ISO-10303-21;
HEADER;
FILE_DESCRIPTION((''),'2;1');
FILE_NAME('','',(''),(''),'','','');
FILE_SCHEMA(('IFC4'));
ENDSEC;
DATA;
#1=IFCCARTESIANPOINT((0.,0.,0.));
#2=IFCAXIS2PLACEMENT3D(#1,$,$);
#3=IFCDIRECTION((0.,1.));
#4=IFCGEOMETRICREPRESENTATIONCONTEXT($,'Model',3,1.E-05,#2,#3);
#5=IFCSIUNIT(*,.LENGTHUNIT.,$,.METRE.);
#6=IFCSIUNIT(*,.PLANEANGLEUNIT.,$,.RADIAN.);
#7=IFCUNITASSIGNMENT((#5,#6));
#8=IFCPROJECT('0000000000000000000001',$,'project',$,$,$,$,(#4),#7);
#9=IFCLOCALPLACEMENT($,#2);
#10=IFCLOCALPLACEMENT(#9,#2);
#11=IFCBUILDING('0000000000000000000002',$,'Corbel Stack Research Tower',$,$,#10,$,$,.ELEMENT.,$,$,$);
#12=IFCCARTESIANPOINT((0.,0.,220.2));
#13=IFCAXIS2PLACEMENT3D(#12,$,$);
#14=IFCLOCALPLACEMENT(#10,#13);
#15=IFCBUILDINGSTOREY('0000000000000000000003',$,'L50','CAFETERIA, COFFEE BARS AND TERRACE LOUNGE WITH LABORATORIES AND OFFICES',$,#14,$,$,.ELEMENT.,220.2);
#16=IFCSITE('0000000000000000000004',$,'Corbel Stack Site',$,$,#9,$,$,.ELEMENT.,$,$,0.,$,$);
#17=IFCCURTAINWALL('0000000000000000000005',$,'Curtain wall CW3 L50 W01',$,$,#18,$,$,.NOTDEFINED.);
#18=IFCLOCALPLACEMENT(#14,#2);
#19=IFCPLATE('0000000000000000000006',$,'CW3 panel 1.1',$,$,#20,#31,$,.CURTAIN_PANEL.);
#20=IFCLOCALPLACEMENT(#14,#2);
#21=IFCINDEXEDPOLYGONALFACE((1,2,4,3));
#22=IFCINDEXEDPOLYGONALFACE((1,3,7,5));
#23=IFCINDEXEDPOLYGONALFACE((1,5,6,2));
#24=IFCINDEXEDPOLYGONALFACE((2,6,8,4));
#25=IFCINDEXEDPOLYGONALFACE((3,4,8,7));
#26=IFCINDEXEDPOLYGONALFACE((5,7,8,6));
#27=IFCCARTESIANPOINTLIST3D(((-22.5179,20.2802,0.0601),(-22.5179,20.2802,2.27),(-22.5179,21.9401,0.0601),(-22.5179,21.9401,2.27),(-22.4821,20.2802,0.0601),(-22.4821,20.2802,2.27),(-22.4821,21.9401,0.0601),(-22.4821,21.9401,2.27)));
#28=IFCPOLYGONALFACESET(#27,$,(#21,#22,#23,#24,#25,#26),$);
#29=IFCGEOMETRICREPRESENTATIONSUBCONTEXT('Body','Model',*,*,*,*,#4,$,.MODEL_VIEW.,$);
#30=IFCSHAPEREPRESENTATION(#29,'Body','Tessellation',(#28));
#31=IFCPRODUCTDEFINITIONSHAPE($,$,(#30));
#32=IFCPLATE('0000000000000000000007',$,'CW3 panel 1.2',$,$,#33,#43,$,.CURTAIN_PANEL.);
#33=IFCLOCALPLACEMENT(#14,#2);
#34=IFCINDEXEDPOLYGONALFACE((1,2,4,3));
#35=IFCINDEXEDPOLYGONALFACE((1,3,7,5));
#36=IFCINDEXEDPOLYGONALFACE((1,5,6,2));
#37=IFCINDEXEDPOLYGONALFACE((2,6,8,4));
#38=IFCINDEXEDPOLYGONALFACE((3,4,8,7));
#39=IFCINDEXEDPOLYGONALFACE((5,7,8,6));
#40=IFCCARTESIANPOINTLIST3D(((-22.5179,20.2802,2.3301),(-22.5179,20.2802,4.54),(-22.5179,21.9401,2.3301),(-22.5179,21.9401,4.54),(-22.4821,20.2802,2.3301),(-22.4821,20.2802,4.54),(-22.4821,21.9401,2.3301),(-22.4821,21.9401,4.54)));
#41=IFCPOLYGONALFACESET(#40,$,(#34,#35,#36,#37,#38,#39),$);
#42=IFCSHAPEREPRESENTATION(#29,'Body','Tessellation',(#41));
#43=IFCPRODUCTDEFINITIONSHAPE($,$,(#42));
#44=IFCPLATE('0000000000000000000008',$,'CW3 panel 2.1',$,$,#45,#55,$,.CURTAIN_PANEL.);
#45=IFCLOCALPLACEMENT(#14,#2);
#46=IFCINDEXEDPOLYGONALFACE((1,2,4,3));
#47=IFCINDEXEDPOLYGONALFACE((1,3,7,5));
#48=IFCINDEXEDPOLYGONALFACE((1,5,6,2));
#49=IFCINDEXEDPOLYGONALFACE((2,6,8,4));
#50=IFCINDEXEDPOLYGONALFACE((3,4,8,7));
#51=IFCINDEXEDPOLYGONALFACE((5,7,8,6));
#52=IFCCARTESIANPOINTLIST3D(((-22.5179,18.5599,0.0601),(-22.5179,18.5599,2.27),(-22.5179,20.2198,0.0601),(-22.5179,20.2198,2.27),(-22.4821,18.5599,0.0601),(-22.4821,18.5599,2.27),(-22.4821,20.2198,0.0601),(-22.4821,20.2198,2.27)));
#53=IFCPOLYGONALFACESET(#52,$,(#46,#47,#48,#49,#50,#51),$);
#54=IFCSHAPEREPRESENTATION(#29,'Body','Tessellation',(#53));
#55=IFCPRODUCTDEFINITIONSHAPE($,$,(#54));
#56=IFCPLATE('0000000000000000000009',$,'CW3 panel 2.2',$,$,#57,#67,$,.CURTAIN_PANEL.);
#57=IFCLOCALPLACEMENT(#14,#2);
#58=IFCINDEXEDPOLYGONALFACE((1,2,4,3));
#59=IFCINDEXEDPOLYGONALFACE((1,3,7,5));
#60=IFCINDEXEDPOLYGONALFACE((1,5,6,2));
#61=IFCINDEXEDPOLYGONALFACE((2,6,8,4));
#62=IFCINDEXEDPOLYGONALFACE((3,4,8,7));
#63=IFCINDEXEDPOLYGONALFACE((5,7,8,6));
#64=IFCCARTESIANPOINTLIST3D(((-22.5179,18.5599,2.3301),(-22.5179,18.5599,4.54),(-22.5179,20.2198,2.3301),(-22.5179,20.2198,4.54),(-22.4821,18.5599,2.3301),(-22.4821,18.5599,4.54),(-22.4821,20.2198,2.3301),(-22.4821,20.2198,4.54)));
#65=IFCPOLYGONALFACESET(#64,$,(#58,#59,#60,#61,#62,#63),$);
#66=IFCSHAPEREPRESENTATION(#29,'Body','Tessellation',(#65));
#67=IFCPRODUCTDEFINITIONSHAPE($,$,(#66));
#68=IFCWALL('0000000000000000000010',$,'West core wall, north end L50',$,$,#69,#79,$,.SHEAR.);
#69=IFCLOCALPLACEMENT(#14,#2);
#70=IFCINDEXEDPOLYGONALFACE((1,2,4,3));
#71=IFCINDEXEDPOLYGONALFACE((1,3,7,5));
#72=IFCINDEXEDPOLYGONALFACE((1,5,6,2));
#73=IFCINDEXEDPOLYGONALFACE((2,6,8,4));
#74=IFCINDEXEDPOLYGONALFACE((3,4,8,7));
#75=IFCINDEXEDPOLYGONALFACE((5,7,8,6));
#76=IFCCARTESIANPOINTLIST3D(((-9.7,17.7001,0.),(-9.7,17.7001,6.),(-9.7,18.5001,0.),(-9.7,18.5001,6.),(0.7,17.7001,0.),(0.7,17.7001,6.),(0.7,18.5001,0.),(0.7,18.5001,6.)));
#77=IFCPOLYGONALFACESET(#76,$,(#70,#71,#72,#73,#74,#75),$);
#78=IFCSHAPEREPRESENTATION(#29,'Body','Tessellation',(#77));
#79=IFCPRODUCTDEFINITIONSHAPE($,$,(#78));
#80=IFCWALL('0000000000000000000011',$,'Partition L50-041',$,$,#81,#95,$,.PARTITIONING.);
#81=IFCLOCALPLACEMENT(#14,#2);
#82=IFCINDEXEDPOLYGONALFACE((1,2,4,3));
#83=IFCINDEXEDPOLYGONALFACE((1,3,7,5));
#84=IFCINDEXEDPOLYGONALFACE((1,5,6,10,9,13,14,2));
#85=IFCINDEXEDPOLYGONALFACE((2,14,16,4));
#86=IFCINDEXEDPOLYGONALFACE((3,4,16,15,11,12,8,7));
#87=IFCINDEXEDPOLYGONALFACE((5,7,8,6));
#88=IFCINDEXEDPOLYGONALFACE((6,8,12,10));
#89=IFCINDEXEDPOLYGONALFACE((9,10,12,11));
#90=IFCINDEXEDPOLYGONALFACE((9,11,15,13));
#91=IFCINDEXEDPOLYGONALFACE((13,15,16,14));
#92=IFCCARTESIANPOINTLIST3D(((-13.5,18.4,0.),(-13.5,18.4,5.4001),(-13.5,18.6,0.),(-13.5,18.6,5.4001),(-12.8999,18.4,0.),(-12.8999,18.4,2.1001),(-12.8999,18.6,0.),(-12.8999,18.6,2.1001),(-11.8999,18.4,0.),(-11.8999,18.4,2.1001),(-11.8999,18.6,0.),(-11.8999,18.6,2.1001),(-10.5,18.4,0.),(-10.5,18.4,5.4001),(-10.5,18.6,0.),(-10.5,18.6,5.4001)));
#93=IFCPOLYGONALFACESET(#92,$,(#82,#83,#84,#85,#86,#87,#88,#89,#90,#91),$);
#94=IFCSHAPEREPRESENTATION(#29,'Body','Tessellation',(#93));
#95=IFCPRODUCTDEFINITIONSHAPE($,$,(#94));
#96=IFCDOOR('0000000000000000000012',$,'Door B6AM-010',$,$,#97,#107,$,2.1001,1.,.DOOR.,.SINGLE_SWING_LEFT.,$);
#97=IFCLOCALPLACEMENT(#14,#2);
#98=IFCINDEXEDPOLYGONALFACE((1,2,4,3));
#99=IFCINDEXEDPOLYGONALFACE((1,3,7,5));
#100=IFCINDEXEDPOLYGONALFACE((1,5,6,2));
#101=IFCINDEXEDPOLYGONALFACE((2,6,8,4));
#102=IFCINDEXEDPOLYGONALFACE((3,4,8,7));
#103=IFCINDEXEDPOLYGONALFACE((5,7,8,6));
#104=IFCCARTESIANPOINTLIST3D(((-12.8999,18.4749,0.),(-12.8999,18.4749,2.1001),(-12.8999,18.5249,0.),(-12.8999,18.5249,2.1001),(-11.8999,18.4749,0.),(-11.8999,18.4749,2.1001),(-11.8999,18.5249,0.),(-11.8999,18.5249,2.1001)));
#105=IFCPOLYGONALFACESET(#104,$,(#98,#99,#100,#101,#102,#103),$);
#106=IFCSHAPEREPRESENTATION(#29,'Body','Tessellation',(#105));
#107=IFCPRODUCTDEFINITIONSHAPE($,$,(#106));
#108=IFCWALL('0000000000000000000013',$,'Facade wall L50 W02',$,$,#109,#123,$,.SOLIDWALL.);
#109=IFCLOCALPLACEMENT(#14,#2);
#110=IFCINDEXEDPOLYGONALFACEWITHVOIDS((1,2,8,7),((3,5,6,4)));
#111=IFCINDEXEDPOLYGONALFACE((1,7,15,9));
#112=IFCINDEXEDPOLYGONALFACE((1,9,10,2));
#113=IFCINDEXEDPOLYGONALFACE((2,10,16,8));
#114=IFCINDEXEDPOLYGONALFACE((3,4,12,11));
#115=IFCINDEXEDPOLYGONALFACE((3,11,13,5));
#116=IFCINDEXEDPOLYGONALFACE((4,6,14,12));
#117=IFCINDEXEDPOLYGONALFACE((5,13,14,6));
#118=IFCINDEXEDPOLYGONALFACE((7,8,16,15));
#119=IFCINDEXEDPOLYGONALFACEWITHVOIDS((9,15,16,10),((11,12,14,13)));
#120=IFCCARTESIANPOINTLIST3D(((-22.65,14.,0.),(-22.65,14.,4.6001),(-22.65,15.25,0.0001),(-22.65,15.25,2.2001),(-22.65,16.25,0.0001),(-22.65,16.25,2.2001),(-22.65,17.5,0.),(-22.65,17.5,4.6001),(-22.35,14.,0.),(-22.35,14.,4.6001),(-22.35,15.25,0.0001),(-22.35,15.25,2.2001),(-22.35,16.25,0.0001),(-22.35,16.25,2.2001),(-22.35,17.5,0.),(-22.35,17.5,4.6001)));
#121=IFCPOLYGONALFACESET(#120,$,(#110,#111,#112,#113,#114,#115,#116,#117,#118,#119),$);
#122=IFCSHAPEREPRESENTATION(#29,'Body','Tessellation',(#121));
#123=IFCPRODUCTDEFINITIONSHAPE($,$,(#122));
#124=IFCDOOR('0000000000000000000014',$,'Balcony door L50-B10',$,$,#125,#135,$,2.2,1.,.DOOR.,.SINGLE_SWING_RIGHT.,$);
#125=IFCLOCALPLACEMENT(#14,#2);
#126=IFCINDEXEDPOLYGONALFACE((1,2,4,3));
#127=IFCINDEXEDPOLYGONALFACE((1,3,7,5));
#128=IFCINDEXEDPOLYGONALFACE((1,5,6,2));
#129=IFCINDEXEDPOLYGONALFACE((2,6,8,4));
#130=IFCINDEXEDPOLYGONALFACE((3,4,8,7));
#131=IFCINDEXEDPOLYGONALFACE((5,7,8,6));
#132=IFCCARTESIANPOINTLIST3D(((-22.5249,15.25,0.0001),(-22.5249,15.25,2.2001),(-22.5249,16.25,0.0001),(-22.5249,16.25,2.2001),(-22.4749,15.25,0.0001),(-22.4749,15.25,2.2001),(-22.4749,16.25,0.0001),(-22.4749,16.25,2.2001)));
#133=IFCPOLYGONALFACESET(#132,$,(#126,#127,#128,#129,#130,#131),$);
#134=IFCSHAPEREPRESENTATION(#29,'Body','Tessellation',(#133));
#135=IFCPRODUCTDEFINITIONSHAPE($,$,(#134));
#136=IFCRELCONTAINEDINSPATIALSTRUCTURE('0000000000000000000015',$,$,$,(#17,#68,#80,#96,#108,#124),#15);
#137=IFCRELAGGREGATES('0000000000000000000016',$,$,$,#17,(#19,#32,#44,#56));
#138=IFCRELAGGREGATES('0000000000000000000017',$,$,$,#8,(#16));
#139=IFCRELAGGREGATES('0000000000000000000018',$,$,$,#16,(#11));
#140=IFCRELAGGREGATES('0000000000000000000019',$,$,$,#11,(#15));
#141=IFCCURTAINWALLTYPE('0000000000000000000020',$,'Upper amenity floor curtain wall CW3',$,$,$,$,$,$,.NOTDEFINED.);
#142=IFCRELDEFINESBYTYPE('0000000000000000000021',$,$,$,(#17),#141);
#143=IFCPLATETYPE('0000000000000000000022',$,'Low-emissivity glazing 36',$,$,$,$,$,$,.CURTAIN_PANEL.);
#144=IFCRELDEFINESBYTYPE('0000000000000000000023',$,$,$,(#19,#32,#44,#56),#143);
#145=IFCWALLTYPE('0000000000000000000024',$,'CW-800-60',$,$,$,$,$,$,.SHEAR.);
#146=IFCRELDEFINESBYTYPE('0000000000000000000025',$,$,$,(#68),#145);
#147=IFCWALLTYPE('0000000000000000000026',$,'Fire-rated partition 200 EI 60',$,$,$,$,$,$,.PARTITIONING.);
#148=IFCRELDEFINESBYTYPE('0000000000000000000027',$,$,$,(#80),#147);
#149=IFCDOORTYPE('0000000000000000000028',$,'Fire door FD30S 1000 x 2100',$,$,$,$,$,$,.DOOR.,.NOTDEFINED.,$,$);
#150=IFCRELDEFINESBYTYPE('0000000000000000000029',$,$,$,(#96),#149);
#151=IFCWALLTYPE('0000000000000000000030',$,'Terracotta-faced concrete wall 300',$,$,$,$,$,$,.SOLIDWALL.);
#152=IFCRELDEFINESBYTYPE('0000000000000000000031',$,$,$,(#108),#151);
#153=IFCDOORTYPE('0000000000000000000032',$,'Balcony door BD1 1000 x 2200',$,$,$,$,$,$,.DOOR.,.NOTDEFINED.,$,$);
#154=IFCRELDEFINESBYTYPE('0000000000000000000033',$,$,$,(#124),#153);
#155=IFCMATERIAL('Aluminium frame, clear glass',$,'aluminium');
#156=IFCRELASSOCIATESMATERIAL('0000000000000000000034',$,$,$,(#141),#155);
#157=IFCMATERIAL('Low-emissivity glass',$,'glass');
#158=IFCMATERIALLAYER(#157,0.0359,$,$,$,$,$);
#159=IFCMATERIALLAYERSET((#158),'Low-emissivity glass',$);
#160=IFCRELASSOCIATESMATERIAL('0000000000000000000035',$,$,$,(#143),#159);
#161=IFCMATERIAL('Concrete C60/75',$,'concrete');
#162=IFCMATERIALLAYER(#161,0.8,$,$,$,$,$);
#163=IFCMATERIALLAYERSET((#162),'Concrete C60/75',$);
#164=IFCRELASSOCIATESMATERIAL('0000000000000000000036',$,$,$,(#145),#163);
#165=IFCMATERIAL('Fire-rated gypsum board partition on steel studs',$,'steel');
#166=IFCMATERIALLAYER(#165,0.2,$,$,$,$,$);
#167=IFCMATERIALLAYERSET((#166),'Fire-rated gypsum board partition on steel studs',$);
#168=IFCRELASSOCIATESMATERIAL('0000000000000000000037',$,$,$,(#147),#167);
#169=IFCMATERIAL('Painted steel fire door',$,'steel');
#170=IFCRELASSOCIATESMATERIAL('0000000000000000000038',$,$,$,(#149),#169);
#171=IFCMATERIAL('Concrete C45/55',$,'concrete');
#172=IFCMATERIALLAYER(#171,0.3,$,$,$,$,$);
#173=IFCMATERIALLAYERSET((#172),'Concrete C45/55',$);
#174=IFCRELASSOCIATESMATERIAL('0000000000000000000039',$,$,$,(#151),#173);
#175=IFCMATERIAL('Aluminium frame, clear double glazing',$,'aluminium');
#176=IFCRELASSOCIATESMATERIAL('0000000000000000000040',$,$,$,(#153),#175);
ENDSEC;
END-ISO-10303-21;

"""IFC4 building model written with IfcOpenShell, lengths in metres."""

from ifc_helpers import new_model, si_unit, direction, frame, frame_2d, origin, origin_2d, place, context, subcontext, project, spatial, rectangle, extrude, material, layer, layer_set, type_object, element, fill, aggregate, save


model = new_model("IFC4")

# Units and contexts
model_context = context("Model", 3, precision=1e-05, world=origin(), true_north=direction((0.0, 1.0)))
body_context = subcontext(model_context, "Body", "Model", "MODEL_VIEW")
ifc_project = project(units=[si_unit("LENGTHUNIT", "METRE"), si_unit("PLANEANGLEUNIT", "RADIAN")], contexts=[model_context])

# Site, building, storey
site_placement = place(None, origin())
site = spatial("IfcSite", under=ifc_project, at=site_placement, Name="Corbel Stack Site", CompositionType="ELEMENT", RefElevation=0.0)
building_placement = place(site_placement, origin())
building = spatial("IfcBuilding", under=site, at=building_placement, Name="Corbel Stack Research Tower", CompositionType="ELEMENT")
storey_placement = place(building_placement, frame((0.0, 0.0, 220.2)))
storey = spatial("IfcBuildingStorey", under=building, at=storey_placement, Name="L50", Description="CAFETERIA, COFFEE BARS AND TERRACE LOUNGE WITH LABORATORIES AND OFFICES", CompositionType="ELEMENT", Elevation=220.2)

# Curtain wall
ifc_material_1 = material(Name="Aluminium frame, clear glass", Category="aluminium")
curtain_wall_type = type_object("IfcCurtainWallType", Name="Upper amenity floor curtain wall CW3", PredefinedType="NOTDEFINED", material=ifc_material_1)
curtain_wall_placement = place(storey_placement, origin())
curtain_wall = element("IfcCurtainWall", 1, at=curtain_wall_placement, inside=storey, type_object=curtain_wall_type, Name="Curtain wall CW3 L50 W01", PredefinedType="NOTDEFINED")

# Plates
ifc_material_2 = material(Name="Low-emissivity glass", Category="glass")
ifc_layer_1 = layer(ifc_material_2, 0.0359)
ifc_layer_set_1 = layer_set([ifc_layer_1], Name="Low-emissivity glass")
plate_type = type_object("IfcPlateType", Name="Low-emissivity glazing 36", PredefinedType="CURTAIN_PANEL", material=ifc_layer_set_1)
plate_1_placement = place(storey_placement, frame((-22.5, 21.1101, 0.0601), z_axis=(0.0, 0.0, 1.0), x_axis=(0.0, -1.0, 0.0)))
plate_1 = element("IfcPlate", 2, at=plate_1_placement, type_object=plate_type, Name="CW3 panel 1.1", PredefinedType="CURTAIN_PANEL", context=body_context, shape_type="SweptSolid", body=[
    extrude(rectangle(XDim=1.6599, YDim=0.0359, at=origin_2d()), origin(), (0.0, 0.0, 1.0), 2.21),
])
plate_2_placement = place(storey_placement, frame((-22.5, 21.1101, 2.3301), z_axis=(0.0, 0.0, 1.0), x_axis=(0.0, -1.0, 0.0)))
plate_2 = element("IfcPlate", 3, at=plate_2_placement, type_object=plate_type, Name="CW3 panel 1.2", PredefinedType="CURTAIN_PANEL", context=body_context, shape_type="SweptSolid", body=[
    extrude(rectangle(XDim=1.6599, YDim=0.0359, at=origin_2d()), origin(), (0.0, 0.0, 1.0), 2.21),
])
plate_3_placement = place(storey_placement, frame((-22.5, 19.3899, 0.0601), z_axis=(0.0, 0.0, 1.0), x_axis=(0.0, -1.0, 0.0)))
plate_3 = element("IfcPlate", 4, at=plate_3_placement, type_object=plate_type, Name="CW3 panel 2.1", PredefinedType="CURTAIN_PANEL", context=body_context, shape_type="SweptSolid", body=[
    extrude(rectangle(XDim=1.6599, YDim=0.0359, at=origin_2d()), origin(), (0.0, 0.0, 1.0), 2.21),
])
plate_4_placement = place(storey_placement, frame((-22.5, 19.3899, 2.3301), z_axis=(0.0, 0.0, 1.0), x_axis=(0.0, -1.0, 0.0)))
plate_4 = element("IfcPlate", 5, at=plate_4_placement, type_object=plate_type, Name="CW3 panel 2.2", PredefinedType="CURTAIN_PANEL", context=body_context, shape_type="SweptSolid", body=[
    extrude(rectangle(XDim=1.6599, YDim=0.0359, at=origin_2d()), origin(), (0.0, 0.0, 1.0), 2.21),
])
aggregate(curtain_wall, [plate_1, plate_2, plate_3, plate_4])

# Wall
ifc_material_3 = material(Name="Concrete C60/75", Category="concrete")
ifc_layer_2 = layer(ifc_material_3, 0.8)
ifc_layer_set_2 = layer_set([ifc_layer_2], Name="Concrete C60/75")
wall_type_1 = type_object("IfcWallType", Name="CW-800-60", PredefinedType="SHEAR", material=ifc_layer_set_2)
wall_1_placement = place(storey_placement, frame((-9.7, 18.1001, 0.0), z_axis=(0.0, 0.0, 1.0), x_axis=(1.0, 0.0, 0.0)))
element("IfcWall", 6, at=wall_1_placement, inside=storey, type_object=wall_type_1, Name="West core wall, north end L50", PredefinedType="SHEAR", context=body_context, shape_type="SweptSolid", body=[
    extrude(rectangle(XDim=10.3999, YDim=0.8, at=frame_2d((5.2, 0.0))), origin(), (0.0, 0.0, 1.0), 6.0),
])

# Walls, openings, doors
ifc_material_4 = material(Name="Fire-rated gypsum board partition on steel studs", Category="steel")
ifc_layer_3 = layer(ifc_material_4, 0.2)
ifc_layer_set_3 = layer_set([ifc_layer_3], Name="Fire-rated gypsum board partition on steel studs")
wall_type_2 = type_object("IfcWallType", Name="Fire-rated partition 200 EI 60", PredefinedType="PARTITIONING", material=ifc_layer_set_3)
wall_2_placement = place(storey_placement, frame((-13.5, 18.5, 0.0), z_axis=(0.0, 0.0, 1.0), x_axis=(1.0, 0.0, 0.0)))
wall_2 = element("IfcWall", 7, at=wall_2_placement, inside=storey, type_object=wall_type_2, Name="Partition L50-041", PredefinedType="PARTITIONING", context=body_context, shape_type="SweptSolid", body=[
    extrude(rectangle(XDim=3.0, YDim=0.2, at=frame_2d((1.5, 0.0))), origin(), (0.0, 0.0, 1.0), 5.4001),
])
opening_1_placement = place(wall_2_placement, frame((0.6001, 0.0, 0.0)))
opening_1 = element("IfcOpeningElement", 8, at=opening_1_placement, cuts=wall_2, PredefinedType="OPENING", context=body_context, shape_type="SweptSolid", body=[
    extrude(rectangle(XDim=1.0, YDim=2.1001, at=frame_2d((0.5, 1.05))), frame((0.0, 0.1099, 0.0), z_axis=(0.0, -1.0, 0.0), x_axis=(1.0, 0.0, 0.0)), (0.0, 0.0, 1.0), 0.22),
])
ifc_material_5 = material(Name="Painted steel fire door", Category="steel")
door_type_1 = type_object("IfcDoorType", Name="Fire door FD30S 1000 x 2100", OperationType="NOTDEFINED", PredefinedType="DOOR", material=ifc_material_5)
door_1_placement = place(opening_1_placement, origin())
door_1 = element("IfcDoor", 9, at=door_1_placement, inside=storey, type_object=door_type_1, Name="Door B6AM-010", OperationType="SINGLE_SWING_LEFT", OverallHeight=2.1001, OverallWidth=1.0, PredefinedType="DOOR", context=body_context, shape_type="SweptSolid", body=[
    extrude(rectangle(XDim=1.0, YDim=2.1001, at=frame_2d((0.5, 1.05))), frame((0.0, 0.0249, 0.0), z_axis=(0.0, -1.0, 0.0), x_axis=(1.0, 0.0, 0.0)), (0.0, 0.0, 1.0), 0.05),
])
fill(opening_1, door_1)
ifc_material_6 = material(Name="Concrete C45/55", Category="concrete")
ifc_layer_4 = layer(ifc_material_6, 0.3)
ifc_layer_set_4 = layer_set([ifc_layer_4], Name="Concrete C45/55")
wall_type_3 = type_object("IfcWallType", Name="Terracotta-faced concrete wall 300", PredefinedType="SOLIDWALL", material=ifc_layer_set_4)
wall_3_placement = place(storey_placement, frame((-22.5, 14.0, 0.0), z_axis=(0.0, 0.0, 1.0), x_axis=(0.0, 1.0, 0.0)))
wall_3 = element("IfcWall", 10, at=wall_3_placement, inside=storey, type_object=wall_type_3, Name="Facade wall L50 W02", PredefinedType="SOLIDWALL", context=body_context, shape_type="SweptSolid", body=[
    extrude(rectangle(XDim=3.5, YDim=0.3, at=frame_2d((1.75, 0.0))), origin(), (0.0, 0.0, 1.0), 4.6001),
])
opening_2_placement = place(wall_3_placement, frame((1.25, 0.0, 0.0)))
opening_2 = element("IfcOpeningElement", 11, at=opening_2_placement, cuts=wall_3, PredefinedType="OPENING", context=body_context, shape_type="SweptSolid", body=[
    extrude(rectangle(XDim=1.0, YDim=2.2, at=frame_2d((0.5, 1.1001))), frame((0.0, 0.1599, 0.0), z_axis=(0.0, -1.0, 0.0), x_axis=(1.0, 0.0, 0.0)), (0.0, 0.0, 1.0), 0.3201),
])
ifc_material_7 = material(Name="Aluminium frame, clear double glazing", Category="aluminium")
door_type_2 = type_object("IfcDoorType", Name="Balcony door BD1 1000 x 2200", OperationType="NOTDEFINED", PredefinedType="DOOR", material=ifc_material_7)
door_2_placement = place(opening_2_placement, origin())
door_2 = element("IfcDoor", 12, at=door_2_placement, inside=storey, type_object=door_type_2, Name="Balcony door L50-B10", OperationType="SINGLE_SWING_RIGHT", OverallHeight=2.2, OverallWidth=1.0, PredefinedType="DOOR", context=body_context, shape_type="SweptSolid", body=[
    extrude(rectangle(XDim=1.0, YDim=2.2, at=frame_2d((0.5, 1.1001))), frame((0.0, 0.0249, 0.0), z_axis=(0.0, -1.0, 0.0), x_axis=(1.0, 0.0, 0.0)), (0.0, 0.0, 1.0), 0.05),
])
fill(opening_2, door_2)

save(model, "model.ifc")
